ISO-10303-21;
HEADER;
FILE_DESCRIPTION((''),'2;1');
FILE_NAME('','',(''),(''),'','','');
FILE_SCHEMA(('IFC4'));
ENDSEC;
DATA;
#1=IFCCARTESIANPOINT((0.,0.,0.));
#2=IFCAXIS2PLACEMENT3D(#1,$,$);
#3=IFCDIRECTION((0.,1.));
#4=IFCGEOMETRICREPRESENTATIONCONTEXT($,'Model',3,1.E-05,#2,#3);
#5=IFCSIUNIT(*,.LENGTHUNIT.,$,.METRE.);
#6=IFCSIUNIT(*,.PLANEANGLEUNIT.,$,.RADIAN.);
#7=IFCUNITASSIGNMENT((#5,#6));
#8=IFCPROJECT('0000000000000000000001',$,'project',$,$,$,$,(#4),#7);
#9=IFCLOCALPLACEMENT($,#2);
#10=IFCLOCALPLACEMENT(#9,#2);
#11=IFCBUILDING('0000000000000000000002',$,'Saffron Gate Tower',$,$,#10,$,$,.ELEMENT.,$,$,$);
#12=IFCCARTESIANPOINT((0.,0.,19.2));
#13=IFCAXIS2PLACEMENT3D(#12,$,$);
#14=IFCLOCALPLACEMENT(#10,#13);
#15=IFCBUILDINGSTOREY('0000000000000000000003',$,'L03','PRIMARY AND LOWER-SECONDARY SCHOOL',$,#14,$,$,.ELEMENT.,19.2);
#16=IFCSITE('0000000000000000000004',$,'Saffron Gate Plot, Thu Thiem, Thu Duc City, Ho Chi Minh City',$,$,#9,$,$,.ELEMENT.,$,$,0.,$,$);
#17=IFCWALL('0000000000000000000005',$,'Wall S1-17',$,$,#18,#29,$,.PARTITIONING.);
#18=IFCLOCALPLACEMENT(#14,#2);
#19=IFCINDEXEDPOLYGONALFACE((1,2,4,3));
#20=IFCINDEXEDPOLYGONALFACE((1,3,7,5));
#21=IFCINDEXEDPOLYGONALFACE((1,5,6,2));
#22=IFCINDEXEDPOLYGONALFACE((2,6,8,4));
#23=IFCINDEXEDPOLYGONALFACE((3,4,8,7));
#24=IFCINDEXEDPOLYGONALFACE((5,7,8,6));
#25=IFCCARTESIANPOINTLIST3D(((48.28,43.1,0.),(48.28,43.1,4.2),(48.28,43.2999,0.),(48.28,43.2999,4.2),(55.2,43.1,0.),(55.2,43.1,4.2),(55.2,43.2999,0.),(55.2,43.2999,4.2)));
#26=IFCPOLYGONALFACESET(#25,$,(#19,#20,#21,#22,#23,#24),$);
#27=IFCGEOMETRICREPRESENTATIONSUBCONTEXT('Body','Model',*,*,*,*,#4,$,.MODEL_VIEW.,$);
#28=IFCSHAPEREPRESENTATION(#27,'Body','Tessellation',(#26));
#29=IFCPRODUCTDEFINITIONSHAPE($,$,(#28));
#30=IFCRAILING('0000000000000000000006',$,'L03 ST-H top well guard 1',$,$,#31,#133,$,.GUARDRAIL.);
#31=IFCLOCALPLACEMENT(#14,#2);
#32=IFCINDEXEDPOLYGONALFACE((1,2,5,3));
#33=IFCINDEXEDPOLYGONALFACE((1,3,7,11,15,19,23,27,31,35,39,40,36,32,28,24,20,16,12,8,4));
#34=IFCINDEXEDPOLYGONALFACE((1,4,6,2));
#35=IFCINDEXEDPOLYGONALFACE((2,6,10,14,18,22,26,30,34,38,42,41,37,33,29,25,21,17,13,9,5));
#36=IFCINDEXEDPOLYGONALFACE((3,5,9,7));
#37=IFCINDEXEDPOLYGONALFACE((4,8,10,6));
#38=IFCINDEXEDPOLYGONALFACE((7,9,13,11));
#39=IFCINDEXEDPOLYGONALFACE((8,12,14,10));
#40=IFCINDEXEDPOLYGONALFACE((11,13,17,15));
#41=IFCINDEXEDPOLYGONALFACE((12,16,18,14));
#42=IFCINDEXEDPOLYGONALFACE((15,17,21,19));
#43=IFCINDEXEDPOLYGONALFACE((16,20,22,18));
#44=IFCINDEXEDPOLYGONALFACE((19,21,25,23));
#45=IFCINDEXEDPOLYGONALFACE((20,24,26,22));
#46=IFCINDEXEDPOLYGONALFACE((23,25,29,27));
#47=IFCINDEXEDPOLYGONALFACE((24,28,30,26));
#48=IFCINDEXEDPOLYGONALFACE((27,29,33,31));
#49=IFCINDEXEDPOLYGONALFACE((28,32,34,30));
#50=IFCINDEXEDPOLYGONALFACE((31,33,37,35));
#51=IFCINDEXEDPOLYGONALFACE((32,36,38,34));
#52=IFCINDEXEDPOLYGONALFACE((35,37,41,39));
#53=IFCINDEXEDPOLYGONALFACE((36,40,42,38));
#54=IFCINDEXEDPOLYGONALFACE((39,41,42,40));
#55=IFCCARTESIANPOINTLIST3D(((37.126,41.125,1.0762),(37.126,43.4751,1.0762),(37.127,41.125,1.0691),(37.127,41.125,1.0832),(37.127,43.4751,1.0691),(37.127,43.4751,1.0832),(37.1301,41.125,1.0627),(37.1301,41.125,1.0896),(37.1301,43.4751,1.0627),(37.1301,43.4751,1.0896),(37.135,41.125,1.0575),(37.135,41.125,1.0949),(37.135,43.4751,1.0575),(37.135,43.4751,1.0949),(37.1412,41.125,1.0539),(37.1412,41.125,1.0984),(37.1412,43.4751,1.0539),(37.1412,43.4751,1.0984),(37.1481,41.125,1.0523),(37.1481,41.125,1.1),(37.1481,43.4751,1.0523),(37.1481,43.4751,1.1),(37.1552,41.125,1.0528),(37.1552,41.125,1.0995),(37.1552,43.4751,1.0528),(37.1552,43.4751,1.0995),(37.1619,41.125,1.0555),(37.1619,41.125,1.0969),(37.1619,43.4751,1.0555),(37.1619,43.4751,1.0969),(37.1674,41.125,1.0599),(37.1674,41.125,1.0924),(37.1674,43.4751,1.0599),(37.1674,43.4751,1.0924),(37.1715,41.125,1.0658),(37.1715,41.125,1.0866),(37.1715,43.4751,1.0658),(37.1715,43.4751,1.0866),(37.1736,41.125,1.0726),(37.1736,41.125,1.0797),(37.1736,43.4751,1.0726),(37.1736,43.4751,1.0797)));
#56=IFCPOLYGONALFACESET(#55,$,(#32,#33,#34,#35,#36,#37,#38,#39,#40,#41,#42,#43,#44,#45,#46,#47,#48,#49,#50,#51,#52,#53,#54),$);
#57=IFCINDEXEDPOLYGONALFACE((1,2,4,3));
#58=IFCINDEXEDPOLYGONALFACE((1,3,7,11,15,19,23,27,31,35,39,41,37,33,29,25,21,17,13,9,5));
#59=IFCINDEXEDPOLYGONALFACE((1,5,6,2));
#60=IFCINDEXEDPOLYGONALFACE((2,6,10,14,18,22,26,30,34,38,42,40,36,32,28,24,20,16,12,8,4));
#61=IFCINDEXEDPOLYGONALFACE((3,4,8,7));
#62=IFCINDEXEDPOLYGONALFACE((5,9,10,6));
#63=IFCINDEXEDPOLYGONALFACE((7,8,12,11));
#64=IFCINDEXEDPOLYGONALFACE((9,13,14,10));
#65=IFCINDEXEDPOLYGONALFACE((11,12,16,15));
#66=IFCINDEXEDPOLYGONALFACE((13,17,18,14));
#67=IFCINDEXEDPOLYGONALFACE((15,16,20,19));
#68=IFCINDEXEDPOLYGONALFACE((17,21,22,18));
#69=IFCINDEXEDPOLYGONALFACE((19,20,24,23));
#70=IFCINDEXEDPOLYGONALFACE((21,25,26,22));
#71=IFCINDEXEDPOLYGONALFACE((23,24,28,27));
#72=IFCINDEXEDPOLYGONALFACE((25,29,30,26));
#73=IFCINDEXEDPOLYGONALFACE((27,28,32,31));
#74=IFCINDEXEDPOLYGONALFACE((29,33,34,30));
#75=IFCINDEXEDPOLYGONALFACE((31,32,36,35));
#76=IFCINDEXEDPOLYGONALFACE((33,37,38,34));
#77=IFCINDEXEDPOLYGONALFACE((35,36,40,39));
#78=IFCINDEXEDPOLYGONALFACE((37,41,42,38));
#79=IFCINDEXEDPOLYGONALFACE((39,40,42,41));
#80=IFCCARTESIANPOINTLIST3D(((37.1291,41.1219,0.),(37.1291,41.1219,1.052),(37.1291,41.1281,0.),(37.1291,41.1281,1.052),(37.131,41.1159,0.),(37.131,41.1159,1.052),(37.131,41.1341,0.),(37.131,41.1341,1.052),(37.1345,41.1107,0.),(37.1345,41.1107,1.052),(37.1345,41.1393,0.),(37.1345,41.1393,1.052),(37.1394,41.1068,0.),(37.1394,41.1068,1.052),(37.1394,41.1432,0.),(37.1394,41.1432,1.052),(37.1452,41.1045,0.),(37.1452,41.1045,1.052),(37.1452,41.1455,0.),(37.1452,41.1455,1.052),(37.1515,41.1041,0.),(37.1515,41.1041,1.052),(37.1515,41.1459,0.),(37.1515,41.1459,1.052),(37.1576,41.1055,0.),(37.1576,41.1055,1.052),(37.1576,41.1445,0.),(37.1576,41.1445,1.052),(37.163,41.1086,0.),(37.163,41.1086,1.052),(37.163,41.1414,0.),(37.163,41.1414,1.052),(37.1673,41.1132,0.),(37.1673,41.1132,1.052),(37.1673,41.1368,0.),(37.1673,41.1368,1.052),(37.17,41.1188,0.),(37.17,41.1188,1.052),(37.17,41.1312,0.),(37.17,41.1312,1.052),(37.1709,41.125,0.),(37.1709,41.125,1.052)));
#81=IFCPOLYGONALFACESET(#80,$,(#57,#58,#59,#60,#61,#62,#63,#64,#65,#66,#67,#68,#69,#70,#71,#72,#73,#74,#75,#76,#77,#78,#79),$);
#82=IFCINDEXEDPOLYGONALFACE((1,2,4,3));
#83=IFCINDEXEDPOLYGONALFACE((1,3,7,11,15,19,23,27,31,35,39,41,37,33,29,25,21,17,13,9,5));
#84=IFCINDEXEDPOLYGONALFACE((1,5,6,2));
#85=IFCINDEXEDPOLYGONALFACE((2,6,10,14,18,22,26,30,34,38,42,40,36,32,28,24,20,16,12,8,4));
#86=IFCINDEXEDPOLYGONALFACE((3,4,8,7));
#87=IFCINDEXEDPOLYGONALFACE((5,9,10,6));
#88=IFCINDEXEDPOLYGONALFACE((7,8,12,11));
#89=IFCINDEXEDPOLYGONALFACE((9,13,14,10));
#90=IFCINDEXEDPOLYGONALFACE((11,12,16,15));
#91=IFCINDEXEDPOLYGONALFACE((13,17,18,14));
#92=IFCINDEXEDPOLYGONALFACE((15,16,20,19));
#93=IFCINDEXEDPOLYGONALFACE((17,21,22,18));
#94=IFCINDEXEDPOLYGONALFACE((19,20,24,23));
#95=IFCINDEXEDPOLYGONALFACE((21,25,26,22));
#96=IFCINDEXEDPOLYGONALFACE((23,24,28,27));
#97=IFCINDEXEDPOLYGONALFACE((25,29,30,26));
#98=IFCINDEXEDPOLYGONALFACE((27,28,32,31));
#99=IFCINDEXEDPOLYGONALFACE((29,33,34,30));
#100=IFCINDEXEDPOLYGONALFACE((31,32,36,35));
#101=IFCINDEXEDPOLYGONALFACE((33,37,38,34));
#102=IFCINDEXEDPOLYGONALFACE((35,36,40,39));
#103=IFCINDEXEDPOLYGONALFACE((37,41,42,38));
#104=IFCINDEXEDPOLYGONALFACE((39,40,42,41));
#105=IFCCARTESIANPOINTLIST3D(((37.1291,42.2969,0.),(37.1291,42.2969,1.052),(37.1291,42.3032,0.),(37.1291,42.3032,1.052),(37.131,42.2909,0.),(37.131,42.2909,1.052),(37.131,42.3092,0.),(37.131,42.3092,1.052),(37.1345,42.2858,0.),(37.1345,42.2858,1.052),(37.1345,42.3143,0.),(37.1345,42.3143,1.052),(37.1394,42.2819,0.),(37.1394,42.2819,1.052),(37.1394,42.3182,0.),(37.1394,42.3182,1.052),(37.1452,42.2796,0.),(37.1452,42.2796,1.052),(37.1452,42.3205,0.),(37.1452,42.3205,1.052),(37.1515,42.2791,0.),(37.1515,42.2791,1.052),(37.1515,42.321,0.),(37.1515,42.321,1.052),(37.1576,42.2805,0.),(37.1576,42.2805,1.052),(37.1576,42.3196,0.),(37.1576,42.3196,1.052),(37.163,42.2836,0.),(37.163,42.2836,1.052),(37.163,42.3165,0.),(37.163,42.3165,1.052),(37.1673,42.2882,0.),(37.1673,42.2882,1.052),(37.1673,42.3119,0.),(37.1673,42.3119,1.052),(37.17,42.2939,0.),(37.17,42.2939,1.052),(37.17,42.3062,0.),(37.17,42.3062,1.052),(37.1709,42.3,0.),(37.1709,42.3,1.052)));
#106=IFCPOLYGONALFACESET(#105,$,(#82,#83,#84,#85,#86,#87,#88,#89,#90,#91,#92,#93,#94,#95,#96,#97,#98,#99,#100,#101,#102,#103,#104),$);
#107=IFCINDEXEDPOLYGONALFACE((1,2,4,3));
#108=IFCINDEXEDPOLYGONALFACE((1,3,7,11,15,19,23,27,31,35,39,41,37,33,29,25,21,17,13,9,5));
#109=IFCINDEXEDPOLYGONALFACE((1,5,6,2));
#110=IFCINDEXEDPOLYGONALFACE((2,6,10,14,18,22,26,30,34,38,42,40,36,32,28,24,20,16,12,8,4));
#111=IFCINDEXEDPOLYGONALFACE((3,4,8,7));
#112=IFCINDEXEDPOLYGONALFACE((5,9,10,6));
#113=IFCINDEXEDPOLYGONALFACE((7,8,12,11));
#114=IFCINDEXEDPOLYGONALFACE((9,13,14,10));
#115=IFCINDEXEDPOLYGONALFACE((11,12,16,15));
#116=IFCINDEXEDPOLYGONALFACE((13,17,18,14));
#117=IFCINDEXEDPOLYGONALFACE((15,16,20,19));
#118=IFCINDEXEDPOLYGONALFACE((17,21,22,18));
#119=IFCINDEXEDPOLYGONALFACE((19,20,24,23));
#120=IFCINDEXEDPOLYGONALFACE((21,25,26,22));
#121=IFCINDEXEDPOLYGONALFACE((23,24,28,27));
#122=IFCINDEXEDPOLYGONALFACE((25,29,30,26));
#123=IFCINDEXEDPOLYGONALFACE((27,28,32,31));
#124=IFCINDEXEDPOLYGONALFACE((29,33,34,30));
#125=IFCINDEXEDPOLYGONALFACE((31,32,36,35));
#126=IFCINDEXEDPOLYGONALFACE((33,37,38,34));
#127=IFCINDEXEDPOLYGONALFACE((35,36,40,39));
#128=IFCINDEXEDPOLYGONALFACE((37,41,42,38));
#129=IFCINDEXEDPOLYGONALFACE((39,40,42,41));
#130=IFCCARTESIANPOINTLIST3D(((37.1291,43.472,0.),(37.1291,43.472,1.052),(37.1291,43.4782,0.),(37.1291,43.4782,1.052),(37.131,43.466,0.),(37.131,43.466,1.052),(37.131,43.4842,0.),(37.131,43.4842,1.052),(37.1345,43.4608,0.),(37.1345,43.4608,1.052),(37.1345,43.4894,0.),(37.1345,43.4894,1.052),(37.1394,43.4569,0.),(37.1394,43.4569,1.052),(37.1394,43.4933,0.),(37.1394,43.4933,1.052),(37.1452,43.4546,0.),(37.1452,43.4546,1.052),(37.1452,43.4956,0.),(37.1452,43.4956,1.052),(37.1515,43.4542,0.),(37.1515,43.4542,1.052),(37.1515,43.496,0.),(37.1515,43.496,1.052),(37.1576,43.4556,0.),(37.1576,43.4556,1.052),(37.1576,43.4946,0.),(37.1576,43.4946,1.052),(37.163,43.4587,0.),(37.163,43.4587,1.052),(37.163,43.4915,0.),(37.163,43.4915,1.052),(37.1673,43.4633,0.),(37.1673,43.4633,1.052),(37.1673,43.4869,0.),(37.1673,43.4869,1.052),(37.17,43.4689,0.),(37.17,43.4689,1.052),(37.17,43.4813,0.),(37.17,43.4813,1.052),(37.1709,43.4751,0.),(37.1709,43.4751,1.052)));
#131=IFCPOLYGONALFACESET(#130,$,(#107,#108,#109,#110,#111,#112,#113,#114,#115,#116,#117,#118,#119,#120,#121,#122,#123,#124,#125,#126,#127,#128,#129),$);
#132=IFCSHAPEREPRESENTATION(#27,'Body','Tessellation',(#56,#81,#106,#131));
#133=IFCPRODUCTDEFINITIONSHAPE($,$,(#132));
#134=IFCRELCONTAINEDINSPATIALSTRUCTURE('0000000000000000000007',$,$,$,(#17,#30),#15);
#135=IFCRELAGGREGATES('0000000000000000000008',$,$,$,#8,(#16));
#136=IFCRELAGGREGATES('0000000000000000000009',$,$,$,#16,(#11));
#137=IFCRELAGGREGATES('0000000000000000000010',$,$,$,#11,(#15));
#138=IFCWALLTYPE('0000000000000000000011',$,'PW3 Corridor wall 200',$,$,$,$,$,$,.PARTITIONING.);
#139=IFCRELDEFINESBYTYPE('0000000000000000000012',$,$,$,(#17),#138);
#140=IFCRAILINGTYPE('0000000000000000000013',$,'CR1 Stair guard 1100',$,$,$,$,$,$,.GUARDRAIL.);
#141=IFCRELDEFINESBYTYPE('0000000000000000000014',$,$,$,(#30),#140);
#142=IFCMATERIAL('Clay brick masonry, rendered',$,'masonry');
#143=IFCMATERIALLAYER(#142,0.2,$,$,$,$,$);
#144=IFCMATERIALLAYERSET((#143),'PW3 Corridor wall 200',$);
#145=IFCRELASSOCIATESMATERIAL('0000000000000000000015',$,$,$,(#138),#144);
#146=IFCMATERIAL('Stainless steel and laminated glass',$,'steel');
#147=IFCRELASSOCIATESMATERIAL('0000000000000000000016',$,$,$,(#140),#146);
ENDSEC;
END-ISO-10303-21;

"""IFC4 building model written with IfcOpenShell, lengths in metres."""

from ifc_helpers import new_model, si_unit, direction, frame, frame_2d, origin, origin_2d, place, context, subcontext, project, spatial, rectangle, circle, extrude, material, layer, layer_set, type_object, element, save


model = new_model("IFC4")

# Units and contexts
model_context = context("Model", 3, precision=1e-05, world=origin(), true_north=direction((0.0, 1.0)))
body_context = subcontext(model_context, "Body", "Model", "MODEL_VIEW")
ifc_project = project(units=[si_unit("LENGTHUNIT", "METRE"), si_unit("PLANEANGLEUNIT", "RADIAN")], contexts=[model_context])

# Site, building, storey
site_placement = place(None, origin())
site = spatial("IfcSite", under=ifc_project, at=site_placement, Name="Saffron Gate Plot, Thu Thiem, Thu Duc City, Ho Chi Minh City", CompositionType="ELEMENT", RefElevation=0.0)
building_placement = place(site_placement, origin())
building = spatial("IfcBuilding", under=site, at=building_placement, Name="Saffron Gate Tower", CompositionType="ELEMENT")
storey_placement = place(building_placement, frame((0.0, 0.0, 19.2)))
storey = spatial("IfcBuildingStorey", under=building, at=storey_placement, Name="L03", Description="PRIMARY AND LOWER-SECONDARY SCHOOL", CompositionType="ELEMENT", Elevation=19.2)

# Shared definitions
ifc_material_1 = material(Name="Clay brick masonry, rendered", Category="masonry")
ifc_layer_1 = layer(ifc_material_1, 0.2)
ifc_layer_set_1 = layer_set([ifc_layer_1], Name="PW3 Corridor wall 200")
wall_type_1 = type_object("IfcWallType", Name="PW3 Corridor wall 200", PredefinedType="PARTITIONING", material=ifc_layer_set_1)

# Wall
wall_1_placement = place(storey_placement, frame((48.28, 43.2, 0.0), z_axis=(0.0, 0.0, 1.0), x_axis=(1.0, 0.0, 0.0)))
element("IfcWall", 1, at=wall_1_placement, inside=storey, type_object=wall_type_1, Name="Wall S1-17", PredefinedType="PARTITIONING", context=body_context, shape_type="SweptSolid", body=[
    extrude(rectangle(XDim=6.9199, YDim=0.2, at=frame_2d((3.46, 0.0))), origin(), (0.0, 0.0, 1.0), 4.2),
])

# Railing
ifc_material_2 = material(Name="Stainless steel and laminated glass", Category="steel")
railing_type = type_object("IfcRailingType", Name="CR1 Stair guard 1100", PredefinedType="GUARDRAIL", material=ifc_material_2)
railing_placement = place(storey_placement, frame((37.1499, 41.125, 0.0)))
element("IfcRailing", 2, at=railing_placement, inside=storey, type_object=railing_type, Name="L03 ST-H top well guard 1", PredefinedType="GUARDRAIL", context=body_context, shape_type="SweptSolid", body=[
    extrude(circle(Radius=0.0239, at=origin_2d()), frame((0.0, 0.0, 1.0762), z_axis=(0.0, 1.0, 0.0), x_axis=(-1.0, 0.0, 0.0)), (0.0, 0.0, 1.0), 2.3501),
    extrude(circle(Radius=0.021, at=origin_2d()), origin(), (0.0, 0.0, 1.0), 1.052),
    extrude(circle(Radius=0.021, at=origin_2d()), frame((0.0, 1.175, 0.0)), (0.0, 0.0, 1.0), 1.052),
    extrude(circle(Radius=0.021, at=origin_2d()), frame((0.0, 2.3501, 0.0)), (0.0, 0.0, 1.0), 1.052),
])

save(model, "model.ifc")
